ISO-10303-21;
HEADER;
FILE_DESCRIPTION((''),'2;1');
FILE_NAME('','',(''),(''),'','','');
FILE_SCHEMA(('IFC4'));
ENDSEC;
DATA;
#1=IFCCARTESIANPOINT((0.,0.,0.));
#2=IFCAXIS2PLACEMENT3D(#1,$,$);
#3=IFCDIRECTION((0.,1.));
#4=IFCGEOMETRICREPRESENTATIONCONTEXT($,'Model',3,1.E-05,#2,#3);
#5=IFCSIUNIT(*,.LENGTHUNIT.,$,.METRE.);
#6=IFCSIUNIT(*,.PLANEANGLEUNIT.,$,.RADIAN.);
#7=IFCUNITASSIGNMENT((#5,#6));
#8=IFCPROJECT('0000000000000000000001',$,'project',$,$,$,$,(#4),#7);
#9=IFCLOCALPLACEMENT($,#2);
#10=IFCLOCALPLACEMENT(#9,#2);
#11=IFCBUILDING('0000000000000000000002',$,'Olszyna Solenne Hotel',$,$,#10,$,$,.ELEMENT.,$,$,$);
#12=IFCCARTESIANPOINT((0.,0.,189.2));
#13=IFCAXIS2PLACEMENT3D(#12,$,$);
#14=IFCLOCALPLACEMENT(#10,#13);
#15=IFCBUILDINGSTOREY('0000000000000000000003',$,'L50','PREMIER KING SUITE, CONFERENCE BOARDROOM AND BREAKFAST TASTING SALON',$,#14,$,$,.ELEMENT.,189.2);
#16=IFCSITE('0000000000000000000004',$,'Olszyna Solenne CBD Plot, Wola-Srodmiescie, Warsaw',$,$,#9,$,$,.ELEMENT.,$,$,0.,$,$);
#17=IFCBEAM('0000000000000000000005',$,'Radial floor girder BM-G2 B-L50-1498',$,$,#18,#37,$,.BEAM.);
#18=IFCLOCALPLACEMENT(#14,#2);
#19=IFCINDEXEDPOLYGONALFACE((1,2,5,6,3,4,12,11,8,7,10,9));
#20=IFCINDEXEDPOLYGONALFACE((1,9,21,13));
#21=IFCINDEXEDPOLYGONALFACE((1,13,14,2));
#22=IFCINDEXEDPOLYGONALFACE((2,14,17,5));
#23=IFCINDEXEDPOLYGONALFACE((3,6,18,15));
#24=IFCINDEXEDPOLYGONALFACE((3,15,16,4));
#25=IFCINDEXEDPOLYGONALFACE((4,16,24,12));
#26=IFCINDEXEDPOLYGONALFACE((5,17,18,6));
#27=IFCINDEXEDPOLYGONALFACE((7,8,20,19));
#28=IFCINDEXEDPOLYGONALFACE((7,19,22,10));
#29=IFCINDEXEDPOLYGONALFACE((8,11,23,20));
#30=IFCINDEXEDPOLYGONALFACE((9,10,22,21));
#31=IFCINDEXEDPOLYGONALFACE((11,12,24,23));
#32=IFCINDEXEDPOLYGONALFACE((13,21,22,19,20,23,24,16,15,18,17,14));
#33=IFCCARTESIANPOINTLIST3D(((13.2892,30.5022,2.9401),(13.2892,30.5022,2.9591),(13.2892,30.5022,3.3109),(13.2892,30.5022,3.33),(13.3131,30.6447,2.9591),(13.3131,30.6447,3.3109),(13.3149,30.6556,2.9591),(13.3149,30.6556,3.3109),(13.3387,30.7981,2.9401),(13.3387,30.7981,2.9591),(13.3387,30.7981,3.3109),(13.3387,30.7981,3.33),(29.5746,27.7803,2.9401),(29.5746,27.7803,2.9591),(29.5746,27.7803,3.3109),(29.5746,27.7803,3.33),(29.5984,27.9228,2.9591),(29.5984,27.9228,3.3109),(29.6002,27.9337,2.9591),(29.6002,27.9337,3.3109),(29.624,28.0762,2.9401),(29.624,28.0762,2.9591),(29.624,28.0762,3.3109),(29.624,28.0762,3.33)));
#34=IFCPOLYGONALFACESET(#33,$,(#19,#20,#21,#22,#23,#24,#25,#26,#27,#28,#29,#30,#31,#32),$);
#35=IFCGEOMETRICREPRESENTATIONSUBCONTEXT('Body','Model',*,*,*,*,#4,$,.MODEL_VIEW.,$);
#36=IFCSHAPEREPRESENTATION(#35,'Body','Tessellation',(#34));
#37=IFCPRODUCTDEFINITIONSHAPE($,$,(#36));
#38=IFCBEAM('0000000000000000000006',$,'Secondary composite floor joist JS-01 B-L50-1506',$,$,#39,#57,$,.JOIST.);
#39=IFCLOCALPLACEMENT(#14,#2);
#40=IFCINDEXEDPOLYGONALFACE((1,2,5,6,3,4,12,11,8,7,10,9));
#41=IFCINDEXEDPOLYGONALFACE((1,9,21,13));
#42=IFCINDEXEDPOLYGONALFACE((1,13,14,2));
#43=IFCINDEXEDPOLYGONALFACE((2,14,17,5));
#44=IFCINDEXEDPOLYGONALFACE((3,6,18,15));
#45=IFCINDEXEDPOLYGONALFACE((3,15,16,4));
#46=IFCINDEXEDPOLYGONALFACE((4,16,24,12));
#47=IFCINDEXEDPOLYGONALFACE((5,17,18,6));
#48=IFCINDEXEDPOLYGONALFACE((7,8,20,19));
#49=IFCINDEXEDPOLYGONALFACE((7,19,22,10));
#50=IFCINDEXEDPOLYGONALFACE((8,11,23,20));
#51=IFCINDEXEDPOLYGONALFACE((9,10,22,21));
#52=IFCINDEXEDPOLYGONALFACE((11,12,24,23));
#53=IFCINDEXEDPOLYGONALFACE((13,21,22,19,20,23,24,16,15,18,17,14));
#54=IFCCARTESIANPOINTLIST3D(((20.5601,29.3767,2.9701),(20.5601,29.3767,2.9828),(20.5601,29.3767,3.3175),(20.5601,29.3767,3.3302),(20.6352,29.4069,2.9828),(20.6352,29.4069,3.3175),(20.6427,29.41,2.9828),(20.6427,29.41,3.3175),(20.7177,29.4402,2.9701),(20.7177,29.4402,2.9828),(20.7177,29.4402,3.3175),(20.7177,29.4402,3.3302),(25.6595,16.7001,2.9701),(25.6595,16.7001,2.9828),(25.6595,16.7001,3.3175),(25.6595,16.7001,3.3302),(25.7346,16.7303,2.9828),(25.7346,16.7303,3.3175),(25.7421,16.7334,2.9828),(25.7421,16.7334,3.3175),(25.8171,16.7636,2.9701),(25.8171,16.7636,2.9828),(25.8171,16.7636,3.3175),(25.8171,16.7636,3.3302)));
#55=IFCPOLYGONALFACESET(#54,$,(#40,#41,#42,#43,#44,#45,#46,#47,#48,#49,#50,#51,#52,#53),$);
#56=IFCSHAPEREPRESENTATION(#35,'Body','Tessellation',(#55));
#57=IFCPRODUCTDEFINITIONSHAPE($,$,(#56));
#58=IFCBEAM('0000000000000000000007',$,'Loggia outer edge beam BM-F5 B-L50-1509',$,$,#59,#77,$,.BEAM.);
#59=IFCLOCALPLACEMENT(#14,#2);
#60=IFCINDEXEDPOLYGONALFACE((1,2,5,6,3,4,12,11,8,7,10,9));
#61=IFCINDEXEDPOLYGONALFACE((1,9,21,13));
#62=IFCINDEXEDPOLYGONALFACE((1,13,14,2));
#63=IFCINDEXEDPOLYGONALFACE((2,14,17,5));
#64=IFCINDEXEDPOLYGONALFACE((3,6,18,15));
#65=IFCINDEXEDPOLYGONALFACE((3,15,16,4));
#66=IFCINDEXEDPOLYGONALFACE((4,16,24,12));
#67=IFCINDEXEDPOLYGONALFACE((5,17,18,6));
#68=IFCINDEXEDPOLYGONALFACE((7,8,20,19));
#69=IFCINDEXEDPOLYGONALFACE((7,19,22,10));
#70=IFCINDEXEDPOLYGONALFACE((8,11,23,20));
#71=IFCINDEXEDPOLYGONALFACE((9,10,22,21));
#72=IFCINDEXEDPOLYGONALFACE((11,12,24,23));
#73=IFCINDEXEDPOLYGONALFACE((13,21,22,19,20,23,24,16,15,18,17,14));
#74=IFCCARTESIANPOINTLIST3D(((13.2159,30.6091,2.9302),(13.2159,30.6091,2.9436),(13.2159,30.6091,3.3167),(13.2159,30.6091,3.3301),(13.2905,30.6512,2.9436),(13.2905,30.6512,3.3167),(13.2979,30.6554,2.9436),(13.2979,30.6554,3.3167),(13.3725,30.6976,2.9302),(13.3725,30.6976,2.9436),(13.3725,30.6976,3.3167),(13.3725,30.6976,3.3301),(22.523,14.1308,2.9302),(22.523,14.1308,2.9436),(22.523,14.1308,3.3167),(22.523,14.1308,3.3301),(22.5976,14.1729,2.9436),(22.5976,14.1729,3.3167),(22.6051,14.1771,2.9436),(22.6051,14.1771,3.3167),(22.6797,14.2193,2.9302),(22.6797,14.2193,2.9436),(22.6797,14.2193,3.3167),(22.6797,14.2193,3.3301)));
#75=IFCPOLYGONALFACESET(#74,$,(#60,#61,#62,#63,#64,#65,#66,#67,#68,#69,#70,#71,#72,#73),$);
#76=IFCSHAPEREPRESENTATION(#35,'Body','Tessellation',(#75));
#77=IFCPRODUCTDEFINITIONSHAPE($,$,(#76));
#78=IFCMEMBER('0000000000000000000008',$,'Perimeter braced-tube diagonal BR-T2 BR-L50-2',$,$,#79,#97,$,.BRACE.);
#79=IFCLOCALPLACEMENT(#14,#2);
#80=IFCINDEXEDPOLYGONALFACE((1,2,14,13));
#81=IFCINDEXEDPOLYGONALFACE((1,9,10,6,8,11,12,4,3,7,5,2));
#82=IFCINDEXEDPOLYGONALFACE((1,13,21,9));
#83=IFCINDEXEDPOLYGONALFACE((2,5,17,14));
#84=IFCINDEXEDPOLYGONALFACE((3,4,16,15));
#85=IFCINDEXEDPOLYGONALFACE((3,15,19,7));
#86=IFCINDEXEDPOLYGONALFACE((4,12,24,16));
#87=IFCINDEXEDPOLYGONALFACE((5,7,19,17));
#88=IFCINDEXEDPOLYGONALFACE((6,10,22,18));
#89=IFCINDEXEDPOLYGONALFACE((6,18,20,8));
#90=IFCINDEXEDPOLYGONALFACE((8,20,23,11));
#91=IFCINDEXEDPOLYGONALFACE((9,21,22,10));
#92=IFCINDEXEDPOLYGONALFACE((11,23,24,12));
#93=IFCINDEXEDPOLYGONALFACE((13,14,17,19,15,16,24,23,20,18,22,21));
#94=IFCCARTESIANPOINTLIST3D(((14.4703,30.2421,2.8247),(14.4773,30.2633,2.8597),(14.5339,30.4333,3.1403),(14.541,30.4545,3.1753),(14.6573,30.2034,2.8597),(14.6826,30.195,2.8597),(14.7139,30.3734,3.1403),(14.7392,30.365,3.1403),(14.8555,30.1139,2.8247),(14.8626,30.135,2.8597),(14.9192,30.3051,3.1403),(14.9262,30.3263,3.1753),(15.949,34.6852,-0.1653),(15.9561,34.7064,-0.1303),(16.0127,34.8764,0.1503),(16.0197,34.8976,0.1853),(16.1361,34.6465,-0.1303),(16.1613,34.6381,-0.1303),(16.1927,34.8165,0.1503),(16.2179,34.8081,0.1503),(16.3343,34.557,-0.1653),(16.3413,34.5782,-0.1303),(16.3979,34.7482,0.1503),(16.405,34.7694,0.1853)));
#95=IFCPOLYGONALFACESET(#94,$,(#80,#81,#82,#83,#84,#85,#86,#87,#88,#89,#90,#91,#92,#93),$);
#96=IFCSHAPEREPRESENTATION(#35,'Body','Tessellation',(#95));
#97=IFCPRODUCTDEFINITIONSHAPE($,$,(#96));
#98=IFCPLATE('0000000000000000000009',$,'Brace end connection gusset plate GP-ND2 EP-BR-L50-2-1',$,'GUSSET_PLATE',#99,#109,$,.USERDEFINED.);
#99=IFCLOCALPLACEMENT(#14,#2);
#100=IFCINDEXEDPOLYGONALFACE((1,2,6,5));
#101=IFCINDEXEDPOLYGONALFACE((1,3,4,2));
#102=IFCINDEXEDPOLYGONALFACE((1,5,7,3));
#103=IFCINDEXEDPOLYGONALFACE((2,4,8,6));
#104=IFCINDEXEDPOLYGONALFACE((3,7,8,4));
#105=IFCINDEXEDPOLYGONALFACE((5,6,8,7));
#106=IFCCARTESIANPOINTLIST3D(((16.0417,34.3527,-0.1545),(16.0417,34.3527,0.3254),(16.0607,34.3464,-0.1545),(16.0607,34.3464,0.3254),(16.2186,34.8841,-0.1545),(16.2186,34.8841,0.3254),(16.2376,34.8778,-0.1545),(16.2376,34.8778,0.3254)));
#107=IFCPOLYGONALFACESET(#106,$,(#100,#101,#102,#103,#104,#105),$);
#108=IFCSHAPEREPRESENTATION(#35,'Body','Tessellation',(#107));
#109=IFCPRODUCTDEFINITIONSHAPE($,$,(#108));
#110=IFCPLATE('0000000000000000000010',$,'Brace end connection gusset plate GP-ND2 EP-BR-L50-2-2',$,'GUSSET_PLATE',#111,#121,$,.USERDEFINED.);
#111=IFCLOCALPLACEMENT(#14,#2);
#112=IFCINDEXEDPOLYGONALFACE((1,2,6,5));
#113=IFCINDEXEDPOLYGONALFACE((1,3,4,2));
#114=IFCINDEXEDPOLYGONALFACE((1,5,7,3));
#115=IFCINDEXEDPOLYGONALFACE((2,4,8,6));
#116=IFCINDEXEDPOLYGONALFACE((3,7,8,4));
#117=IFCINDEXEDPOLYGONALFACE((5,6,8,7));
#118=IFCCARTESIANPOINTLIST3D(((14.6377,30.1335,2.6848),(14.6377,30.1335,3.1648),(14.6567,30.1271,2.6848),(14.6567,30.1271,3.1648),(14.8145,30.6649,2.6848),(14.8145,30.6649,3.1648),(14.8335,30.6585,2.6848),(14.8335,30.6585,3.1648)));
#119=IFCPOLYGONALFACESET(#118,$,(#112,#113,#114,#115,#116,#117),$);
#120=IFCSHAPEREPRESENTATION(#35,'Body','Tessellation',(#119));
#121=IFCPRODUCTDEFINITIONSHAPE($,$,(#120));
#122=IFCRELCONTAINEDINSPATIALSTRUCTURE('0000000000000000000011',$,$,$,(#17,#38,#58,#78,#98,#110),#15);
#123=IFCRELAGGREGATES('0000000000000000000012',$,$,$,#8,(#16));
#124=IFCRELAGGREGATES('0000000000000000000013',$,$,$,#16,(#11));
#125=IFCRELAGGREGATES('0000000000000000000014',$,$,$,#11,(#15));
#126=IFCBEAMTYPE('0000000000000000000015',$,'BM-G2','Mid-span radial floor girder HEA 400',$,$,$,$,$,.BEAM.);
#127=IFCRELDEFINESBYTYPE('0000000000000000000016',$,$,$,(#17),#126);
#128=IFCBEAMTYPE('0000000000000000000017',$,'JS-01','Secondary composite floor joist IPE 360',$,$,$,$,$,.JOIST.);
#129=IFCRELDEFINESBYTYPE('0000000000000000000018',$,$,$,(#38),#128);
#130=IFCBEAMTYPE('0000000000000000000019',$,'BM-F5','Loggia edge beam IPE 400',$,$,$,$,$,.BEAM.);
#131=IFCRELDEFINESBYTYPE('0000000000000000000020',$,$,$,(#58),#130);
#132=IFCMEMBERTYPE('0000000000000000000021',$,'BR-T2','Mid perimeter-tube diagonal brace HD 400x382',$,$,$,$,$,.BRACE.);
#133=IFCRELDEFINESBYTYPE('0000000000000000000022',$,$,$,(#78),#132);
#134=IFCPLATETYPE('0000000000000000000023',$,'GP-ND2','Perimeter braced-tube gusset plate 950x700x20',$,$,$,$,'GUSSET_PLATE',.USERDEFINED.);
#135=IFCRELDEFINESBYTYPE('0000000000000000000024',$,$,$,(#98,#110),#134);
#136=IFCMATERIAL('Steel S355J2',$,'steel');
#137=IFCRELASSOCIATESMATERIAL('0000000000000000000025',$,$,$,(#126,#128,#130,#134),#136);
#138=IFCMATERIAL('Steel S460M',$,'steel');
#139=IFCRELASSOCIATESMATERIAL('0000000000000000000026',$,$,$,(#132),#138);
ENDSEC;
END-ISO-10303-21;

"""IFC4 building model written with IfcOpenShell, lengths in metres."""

from ifc_helpers import new_model, si_unit, direction, frame, origin, origin_2d, place, context, subcontext, project, spatial, rectangle, i_section, extrude, source, transform, mapped, material, material_profile, profile_set, type_object, element, save


model = new_model("IFC4")

# Units and contexts
model_context = context("Model", 3, precision=1e-05, world=origin(), true_north=direction((0.0, 1.0)))
body_context = subcontext(model_context, "Body", "Model", "MODEL_VIEW")
ifc_project = project(units=[si_unit("LENGTHUNIT", "METRE"), si_unit("PLANEANGLEUNIT", "RADIAN")], contexts=[model_context])

# Site, building, storey
site_placement = place(None, origin())
site = spatial("IfcSite", under=ifc_project, at=site_placement, Name="Olszyna Solenne CBD Plot, Wola-Srodmiescie, Warsaw", CompositionType="ELEMENT", RefElevation=0.0)
building_placement = place(site_placement, origin())
building = spatial("IfcBuilding", under=site, at=building_placement, Name="Olszyna Solenne Hotel", CompositionType="ELEMENT")
storey_placement = place(building_placement, frame((0.0, 0.0, 189.2)))
storey = spatial("IfcBuildingStorey", under=building, at=storey_placement, Name="L50", Description="PREMIER KING SUITE, CONFERENCE BOARDROOM AND BREAKFAST TASTING SALON", CompositionType="ELEMENT", Elevation=189.2)

# Shared definitions
ifc_material_1 = material(Name="Steel S460M", Category="steel")

# Beams
ifc_material_2 = material(Name="Steel S355J2", Category="steel")
ifc_material_profile_1 = material_profile(ifc_material_2, i_section(OverallWidth=0.3, OverallDepth=0.3899, WebThickness=0.011, FlangeThickness=0.019, at=origin_2d()), Name="HEA 400", Category="load-bearing")
ifc_profile_set_1 = profile_set([ifc_material_profile_1], Name="Steel S355J2")
beam_type_1 = type_object("IfcBeamType", Name="BM-G2", Description="Mid-span radial floor girder HEA 400", PredefinedType="BEAM", material=ifc_profile_set_1)
shared_shape_1 = source(origin(), body_context, "Body", "SweptSolid", [
    extrude(i_section(OverallWidth=0.3, OverallDepth=0.3899, WebThickness=0.011, FlangeThickness=0.019, at=origin_2d()), origin(), (0.0, 0.0, 1.0), 16.5112),
])
beam_1_placement = place(storey_placement, frame((13.314, 30.6501, 3.135), z_axis=(0.986318, -0.164852, 0.0), x_axis=(0.164852, 0.986318, 0.0)))
element("IfcBeam", 1, at=beam_1_placement, inside=storey, type_object=beam_type_1, Name="Radial floor girder BM-G2 B-L50-1498", PredefinedType="BEAM", context=body_context, shape_type="MappedRepresentation", body=[
    mapped(shared_shape_1, transform((0.0, 0.0, 0.0), x_axis=(1.0, 0.0, 0.0), y_axis=(0.0, 1.0, 0.0), z_axis=(0.0, 0.0, 1.0), scale=1.0)),
])
ifc_material_profile_2 = material_profile(ifc_material_2, i_section(OverallWidth=0.1699, OverallDepth=0.3601, WebThickness=0.0081, FlangeThickness=0.0127, at=origin_2d()), Name="IPE 360", Category="load-bearing")
ifc_profile_set_2 = profile_set([ifc_material_profile_2], Name="Steel S355J2")
beam_type_2 = type_object("IfcBeamType", Name="JS-01", Description="Secondary composite floor joist IPE 360", PredefinedType="JOIST", material=ifc_profile_set_2)
shared_shape_2 = source(origin(), body_context, "Body", "SweptSolid", [
    extrude(i_section(OverallWidth=0.1699, OverallDepth=0.3601, WebThickness=0.0081, FlangeThickness=0.0127, at=origin_2d()), origin(), (0.0, 0.0, 1.0), 13.6638),
])
beam_2_placement = place(storey_placement, frame((20.6389, 29.4084, 3.1501), z_axis=(0.373204, -0.927749, 0.0), x_axis=(0.927749, 0.373204, 0.0)))
element("IfcBeam", 2, at=beam_2_placement, inside=storey, type_object=beam_type_2, Name="Secondary composite floor joist JS-01 B-L50-1506", PredefinedType="JOIST", context=body_context, shape_type="MappedRepresentation", body=[
    mapped(shared_shape_2, transform((0.0, 0.0, 0.0), x_axis=(1.0, 0.0, 0.0), y_axis=(0.0, 1.0, 0.0), z_axis=(0.0, 0.0, 1.0), scale=1.0)),
])
ifc_material_profile_3 = material_profile(ifc_material_2, i_section(OverallWidth=0.1799, OverallDepth=0.3999, WebThickness=0.0085, FlangeThickness=0.0134, at=origin_2d()), Name="IPE 400", Category="load-bearing")
ifc_profile_set_3 = profile_set([ifc_material_profile_3], Name="Steel S355J2")
beam_type_3 = type_object("IfcBeamType", Name="BM-F5", Description="Loggia edge beam IPE 400", PredefinedType="BEAM", material=ifc_profile_set_3)
shared_shape_3 = source(origin(), body_context, "Body", "SweptSolid", [
    extrude(i_section(OverallWidth=0.1799, OverallDepth=0.3999, WebThickness=0.0085, FlangeThickness=0.0134, at=origin_2d()), origin(), (0.0, 0.0, 1.0), 18.925),
])
beam_3_placement = place(storey_placement, frame((13.2942, 30.6533, 3.1301), z_axis=(0.49179, -0.870714, 0.0), x_axis=(0.870714, 0.49179, 0.0)))
element("IfcBeam", 3, at=beam_3_placement, inside=storey, type_object=beam_type_3, Name="Loggia outer edge beam BM-F5 B-L50-1509", PredefinedType="BEAM", context=body_context, shape_type="MappedRepresentation", body=[
    mapped(shared_shape_3, transform((0.0, 0.0, 0.0), x_axis=(1.0, 0.0, 0.0), y_axis=(0.0, 1.0, 0.0), z_axis=(0.0, 0.0, 1.0), scale=1.0)),
])

# Member
ifc_material_profile_4 = material_profile(ifc_material_1, i_section(OverallWidth=0.406, OverallDepth=0.416, WebThickness=0.0266, FlangeThickness=0.0415, at=origin_2d()), Name="HD 400x382", Category="load-bearing")
ifc_profile_set_4 = profile_set([ifc_material_profile_4], Name="Steel S460M")
member_type = type_object("IfcMemberType", Name="BR-T2", Description="Mid perimeter-tube diagonal brace HD 400x382", PredefinedType="BRACE", material=ifc_profile_set_4)
shared_shape_4 = source(origin(), body_context, "Body", "SweptSolid", [
    extrude(i_section(OverallWidth=0.406, OverallDepth=0.416, WebThickness=0.0266, FlangeThickness=0.0415, at=origin_2d()), origin(), (0.0, 0.0, 1.0), 5.5559),
])
member_placement = place(storey_placement, frame((16.177, 34.7273, 0.01), z_axis=(-0.26616, -0.799711, 0.538165), x_axis=(0.948829, -0.31579, 0.0)))
element("IfcMember", 4, at=member_placement, inside=storey, type_object=member_type, Name="Perimeter braced-tube diagonal BR-T2 BR-L50-2", PredefinedType="BRACE", context=body_context, shape_type="MappedRepresentation", body=[
    mapped(shared_shape_4, transform((0.0, 0.0, 0.0), x_axis=(1.0, 0.0, 0.0), y_axis=(0.0, 1.0, 0.0), z_axis=(0.0, 0.0, 1.0), scale=1.0)),
])

# Plates
plate_type = type_object("IfcPlateType", Name="GP-ND2", Description="Perimeter braced-tube gusset plate 950x700x20", ElementType="GUSSET_PLATE", PredefinedType="USERDEFINED", material=ifc_material_2)
shared_shape_5 = source(origin(), body_context, "Body", "SweptSolid", [
    extrude(rectangle(XDim=0.5601, YDim=0.02, at=origin_2d()), origin(), (0.0, 0.0, 1.0), 0.48),
])
for number, where, z_axis, x_axis, name in (
    (5, (16.1396, 34.6152, -0.1545), (0.0, 0.0, 1.0), (-0.315815, -0.948821, 0.0), "Brace end connection gusset plate GP-ND2 EP-BR-L50-2-1"),
    (6, (14.7356, 30.396, 2.6848), (0.0, 0.0, 1.0), (-0.315815, -0.948821, 0.0), "Brace end connection gusset plate GP-ND2 EP-BR-L50-2-2"),
):
    element("IfcPlate", number, at=place(storey_placement, frame(where, z_axis=z_axis, x_axis=x_axis)), inside=storey, type_object=plate_type, Name=name, ObjectType="GUSSET_PLATE", PredefinedType="USERDEFINED", context=body_context, shape_type="MappedRepresentation", body=[
        mapped(shared_shape_5, transform((0.0, 0.0, 0.0), x_axis=(1.0, 0.0, 0.0), y_axis=(0.0, 1.0, 0.0), z_axis=(0.0, 0.0, 1.0), scale=1.0)),
    ])

save(model, "model.ifc")
